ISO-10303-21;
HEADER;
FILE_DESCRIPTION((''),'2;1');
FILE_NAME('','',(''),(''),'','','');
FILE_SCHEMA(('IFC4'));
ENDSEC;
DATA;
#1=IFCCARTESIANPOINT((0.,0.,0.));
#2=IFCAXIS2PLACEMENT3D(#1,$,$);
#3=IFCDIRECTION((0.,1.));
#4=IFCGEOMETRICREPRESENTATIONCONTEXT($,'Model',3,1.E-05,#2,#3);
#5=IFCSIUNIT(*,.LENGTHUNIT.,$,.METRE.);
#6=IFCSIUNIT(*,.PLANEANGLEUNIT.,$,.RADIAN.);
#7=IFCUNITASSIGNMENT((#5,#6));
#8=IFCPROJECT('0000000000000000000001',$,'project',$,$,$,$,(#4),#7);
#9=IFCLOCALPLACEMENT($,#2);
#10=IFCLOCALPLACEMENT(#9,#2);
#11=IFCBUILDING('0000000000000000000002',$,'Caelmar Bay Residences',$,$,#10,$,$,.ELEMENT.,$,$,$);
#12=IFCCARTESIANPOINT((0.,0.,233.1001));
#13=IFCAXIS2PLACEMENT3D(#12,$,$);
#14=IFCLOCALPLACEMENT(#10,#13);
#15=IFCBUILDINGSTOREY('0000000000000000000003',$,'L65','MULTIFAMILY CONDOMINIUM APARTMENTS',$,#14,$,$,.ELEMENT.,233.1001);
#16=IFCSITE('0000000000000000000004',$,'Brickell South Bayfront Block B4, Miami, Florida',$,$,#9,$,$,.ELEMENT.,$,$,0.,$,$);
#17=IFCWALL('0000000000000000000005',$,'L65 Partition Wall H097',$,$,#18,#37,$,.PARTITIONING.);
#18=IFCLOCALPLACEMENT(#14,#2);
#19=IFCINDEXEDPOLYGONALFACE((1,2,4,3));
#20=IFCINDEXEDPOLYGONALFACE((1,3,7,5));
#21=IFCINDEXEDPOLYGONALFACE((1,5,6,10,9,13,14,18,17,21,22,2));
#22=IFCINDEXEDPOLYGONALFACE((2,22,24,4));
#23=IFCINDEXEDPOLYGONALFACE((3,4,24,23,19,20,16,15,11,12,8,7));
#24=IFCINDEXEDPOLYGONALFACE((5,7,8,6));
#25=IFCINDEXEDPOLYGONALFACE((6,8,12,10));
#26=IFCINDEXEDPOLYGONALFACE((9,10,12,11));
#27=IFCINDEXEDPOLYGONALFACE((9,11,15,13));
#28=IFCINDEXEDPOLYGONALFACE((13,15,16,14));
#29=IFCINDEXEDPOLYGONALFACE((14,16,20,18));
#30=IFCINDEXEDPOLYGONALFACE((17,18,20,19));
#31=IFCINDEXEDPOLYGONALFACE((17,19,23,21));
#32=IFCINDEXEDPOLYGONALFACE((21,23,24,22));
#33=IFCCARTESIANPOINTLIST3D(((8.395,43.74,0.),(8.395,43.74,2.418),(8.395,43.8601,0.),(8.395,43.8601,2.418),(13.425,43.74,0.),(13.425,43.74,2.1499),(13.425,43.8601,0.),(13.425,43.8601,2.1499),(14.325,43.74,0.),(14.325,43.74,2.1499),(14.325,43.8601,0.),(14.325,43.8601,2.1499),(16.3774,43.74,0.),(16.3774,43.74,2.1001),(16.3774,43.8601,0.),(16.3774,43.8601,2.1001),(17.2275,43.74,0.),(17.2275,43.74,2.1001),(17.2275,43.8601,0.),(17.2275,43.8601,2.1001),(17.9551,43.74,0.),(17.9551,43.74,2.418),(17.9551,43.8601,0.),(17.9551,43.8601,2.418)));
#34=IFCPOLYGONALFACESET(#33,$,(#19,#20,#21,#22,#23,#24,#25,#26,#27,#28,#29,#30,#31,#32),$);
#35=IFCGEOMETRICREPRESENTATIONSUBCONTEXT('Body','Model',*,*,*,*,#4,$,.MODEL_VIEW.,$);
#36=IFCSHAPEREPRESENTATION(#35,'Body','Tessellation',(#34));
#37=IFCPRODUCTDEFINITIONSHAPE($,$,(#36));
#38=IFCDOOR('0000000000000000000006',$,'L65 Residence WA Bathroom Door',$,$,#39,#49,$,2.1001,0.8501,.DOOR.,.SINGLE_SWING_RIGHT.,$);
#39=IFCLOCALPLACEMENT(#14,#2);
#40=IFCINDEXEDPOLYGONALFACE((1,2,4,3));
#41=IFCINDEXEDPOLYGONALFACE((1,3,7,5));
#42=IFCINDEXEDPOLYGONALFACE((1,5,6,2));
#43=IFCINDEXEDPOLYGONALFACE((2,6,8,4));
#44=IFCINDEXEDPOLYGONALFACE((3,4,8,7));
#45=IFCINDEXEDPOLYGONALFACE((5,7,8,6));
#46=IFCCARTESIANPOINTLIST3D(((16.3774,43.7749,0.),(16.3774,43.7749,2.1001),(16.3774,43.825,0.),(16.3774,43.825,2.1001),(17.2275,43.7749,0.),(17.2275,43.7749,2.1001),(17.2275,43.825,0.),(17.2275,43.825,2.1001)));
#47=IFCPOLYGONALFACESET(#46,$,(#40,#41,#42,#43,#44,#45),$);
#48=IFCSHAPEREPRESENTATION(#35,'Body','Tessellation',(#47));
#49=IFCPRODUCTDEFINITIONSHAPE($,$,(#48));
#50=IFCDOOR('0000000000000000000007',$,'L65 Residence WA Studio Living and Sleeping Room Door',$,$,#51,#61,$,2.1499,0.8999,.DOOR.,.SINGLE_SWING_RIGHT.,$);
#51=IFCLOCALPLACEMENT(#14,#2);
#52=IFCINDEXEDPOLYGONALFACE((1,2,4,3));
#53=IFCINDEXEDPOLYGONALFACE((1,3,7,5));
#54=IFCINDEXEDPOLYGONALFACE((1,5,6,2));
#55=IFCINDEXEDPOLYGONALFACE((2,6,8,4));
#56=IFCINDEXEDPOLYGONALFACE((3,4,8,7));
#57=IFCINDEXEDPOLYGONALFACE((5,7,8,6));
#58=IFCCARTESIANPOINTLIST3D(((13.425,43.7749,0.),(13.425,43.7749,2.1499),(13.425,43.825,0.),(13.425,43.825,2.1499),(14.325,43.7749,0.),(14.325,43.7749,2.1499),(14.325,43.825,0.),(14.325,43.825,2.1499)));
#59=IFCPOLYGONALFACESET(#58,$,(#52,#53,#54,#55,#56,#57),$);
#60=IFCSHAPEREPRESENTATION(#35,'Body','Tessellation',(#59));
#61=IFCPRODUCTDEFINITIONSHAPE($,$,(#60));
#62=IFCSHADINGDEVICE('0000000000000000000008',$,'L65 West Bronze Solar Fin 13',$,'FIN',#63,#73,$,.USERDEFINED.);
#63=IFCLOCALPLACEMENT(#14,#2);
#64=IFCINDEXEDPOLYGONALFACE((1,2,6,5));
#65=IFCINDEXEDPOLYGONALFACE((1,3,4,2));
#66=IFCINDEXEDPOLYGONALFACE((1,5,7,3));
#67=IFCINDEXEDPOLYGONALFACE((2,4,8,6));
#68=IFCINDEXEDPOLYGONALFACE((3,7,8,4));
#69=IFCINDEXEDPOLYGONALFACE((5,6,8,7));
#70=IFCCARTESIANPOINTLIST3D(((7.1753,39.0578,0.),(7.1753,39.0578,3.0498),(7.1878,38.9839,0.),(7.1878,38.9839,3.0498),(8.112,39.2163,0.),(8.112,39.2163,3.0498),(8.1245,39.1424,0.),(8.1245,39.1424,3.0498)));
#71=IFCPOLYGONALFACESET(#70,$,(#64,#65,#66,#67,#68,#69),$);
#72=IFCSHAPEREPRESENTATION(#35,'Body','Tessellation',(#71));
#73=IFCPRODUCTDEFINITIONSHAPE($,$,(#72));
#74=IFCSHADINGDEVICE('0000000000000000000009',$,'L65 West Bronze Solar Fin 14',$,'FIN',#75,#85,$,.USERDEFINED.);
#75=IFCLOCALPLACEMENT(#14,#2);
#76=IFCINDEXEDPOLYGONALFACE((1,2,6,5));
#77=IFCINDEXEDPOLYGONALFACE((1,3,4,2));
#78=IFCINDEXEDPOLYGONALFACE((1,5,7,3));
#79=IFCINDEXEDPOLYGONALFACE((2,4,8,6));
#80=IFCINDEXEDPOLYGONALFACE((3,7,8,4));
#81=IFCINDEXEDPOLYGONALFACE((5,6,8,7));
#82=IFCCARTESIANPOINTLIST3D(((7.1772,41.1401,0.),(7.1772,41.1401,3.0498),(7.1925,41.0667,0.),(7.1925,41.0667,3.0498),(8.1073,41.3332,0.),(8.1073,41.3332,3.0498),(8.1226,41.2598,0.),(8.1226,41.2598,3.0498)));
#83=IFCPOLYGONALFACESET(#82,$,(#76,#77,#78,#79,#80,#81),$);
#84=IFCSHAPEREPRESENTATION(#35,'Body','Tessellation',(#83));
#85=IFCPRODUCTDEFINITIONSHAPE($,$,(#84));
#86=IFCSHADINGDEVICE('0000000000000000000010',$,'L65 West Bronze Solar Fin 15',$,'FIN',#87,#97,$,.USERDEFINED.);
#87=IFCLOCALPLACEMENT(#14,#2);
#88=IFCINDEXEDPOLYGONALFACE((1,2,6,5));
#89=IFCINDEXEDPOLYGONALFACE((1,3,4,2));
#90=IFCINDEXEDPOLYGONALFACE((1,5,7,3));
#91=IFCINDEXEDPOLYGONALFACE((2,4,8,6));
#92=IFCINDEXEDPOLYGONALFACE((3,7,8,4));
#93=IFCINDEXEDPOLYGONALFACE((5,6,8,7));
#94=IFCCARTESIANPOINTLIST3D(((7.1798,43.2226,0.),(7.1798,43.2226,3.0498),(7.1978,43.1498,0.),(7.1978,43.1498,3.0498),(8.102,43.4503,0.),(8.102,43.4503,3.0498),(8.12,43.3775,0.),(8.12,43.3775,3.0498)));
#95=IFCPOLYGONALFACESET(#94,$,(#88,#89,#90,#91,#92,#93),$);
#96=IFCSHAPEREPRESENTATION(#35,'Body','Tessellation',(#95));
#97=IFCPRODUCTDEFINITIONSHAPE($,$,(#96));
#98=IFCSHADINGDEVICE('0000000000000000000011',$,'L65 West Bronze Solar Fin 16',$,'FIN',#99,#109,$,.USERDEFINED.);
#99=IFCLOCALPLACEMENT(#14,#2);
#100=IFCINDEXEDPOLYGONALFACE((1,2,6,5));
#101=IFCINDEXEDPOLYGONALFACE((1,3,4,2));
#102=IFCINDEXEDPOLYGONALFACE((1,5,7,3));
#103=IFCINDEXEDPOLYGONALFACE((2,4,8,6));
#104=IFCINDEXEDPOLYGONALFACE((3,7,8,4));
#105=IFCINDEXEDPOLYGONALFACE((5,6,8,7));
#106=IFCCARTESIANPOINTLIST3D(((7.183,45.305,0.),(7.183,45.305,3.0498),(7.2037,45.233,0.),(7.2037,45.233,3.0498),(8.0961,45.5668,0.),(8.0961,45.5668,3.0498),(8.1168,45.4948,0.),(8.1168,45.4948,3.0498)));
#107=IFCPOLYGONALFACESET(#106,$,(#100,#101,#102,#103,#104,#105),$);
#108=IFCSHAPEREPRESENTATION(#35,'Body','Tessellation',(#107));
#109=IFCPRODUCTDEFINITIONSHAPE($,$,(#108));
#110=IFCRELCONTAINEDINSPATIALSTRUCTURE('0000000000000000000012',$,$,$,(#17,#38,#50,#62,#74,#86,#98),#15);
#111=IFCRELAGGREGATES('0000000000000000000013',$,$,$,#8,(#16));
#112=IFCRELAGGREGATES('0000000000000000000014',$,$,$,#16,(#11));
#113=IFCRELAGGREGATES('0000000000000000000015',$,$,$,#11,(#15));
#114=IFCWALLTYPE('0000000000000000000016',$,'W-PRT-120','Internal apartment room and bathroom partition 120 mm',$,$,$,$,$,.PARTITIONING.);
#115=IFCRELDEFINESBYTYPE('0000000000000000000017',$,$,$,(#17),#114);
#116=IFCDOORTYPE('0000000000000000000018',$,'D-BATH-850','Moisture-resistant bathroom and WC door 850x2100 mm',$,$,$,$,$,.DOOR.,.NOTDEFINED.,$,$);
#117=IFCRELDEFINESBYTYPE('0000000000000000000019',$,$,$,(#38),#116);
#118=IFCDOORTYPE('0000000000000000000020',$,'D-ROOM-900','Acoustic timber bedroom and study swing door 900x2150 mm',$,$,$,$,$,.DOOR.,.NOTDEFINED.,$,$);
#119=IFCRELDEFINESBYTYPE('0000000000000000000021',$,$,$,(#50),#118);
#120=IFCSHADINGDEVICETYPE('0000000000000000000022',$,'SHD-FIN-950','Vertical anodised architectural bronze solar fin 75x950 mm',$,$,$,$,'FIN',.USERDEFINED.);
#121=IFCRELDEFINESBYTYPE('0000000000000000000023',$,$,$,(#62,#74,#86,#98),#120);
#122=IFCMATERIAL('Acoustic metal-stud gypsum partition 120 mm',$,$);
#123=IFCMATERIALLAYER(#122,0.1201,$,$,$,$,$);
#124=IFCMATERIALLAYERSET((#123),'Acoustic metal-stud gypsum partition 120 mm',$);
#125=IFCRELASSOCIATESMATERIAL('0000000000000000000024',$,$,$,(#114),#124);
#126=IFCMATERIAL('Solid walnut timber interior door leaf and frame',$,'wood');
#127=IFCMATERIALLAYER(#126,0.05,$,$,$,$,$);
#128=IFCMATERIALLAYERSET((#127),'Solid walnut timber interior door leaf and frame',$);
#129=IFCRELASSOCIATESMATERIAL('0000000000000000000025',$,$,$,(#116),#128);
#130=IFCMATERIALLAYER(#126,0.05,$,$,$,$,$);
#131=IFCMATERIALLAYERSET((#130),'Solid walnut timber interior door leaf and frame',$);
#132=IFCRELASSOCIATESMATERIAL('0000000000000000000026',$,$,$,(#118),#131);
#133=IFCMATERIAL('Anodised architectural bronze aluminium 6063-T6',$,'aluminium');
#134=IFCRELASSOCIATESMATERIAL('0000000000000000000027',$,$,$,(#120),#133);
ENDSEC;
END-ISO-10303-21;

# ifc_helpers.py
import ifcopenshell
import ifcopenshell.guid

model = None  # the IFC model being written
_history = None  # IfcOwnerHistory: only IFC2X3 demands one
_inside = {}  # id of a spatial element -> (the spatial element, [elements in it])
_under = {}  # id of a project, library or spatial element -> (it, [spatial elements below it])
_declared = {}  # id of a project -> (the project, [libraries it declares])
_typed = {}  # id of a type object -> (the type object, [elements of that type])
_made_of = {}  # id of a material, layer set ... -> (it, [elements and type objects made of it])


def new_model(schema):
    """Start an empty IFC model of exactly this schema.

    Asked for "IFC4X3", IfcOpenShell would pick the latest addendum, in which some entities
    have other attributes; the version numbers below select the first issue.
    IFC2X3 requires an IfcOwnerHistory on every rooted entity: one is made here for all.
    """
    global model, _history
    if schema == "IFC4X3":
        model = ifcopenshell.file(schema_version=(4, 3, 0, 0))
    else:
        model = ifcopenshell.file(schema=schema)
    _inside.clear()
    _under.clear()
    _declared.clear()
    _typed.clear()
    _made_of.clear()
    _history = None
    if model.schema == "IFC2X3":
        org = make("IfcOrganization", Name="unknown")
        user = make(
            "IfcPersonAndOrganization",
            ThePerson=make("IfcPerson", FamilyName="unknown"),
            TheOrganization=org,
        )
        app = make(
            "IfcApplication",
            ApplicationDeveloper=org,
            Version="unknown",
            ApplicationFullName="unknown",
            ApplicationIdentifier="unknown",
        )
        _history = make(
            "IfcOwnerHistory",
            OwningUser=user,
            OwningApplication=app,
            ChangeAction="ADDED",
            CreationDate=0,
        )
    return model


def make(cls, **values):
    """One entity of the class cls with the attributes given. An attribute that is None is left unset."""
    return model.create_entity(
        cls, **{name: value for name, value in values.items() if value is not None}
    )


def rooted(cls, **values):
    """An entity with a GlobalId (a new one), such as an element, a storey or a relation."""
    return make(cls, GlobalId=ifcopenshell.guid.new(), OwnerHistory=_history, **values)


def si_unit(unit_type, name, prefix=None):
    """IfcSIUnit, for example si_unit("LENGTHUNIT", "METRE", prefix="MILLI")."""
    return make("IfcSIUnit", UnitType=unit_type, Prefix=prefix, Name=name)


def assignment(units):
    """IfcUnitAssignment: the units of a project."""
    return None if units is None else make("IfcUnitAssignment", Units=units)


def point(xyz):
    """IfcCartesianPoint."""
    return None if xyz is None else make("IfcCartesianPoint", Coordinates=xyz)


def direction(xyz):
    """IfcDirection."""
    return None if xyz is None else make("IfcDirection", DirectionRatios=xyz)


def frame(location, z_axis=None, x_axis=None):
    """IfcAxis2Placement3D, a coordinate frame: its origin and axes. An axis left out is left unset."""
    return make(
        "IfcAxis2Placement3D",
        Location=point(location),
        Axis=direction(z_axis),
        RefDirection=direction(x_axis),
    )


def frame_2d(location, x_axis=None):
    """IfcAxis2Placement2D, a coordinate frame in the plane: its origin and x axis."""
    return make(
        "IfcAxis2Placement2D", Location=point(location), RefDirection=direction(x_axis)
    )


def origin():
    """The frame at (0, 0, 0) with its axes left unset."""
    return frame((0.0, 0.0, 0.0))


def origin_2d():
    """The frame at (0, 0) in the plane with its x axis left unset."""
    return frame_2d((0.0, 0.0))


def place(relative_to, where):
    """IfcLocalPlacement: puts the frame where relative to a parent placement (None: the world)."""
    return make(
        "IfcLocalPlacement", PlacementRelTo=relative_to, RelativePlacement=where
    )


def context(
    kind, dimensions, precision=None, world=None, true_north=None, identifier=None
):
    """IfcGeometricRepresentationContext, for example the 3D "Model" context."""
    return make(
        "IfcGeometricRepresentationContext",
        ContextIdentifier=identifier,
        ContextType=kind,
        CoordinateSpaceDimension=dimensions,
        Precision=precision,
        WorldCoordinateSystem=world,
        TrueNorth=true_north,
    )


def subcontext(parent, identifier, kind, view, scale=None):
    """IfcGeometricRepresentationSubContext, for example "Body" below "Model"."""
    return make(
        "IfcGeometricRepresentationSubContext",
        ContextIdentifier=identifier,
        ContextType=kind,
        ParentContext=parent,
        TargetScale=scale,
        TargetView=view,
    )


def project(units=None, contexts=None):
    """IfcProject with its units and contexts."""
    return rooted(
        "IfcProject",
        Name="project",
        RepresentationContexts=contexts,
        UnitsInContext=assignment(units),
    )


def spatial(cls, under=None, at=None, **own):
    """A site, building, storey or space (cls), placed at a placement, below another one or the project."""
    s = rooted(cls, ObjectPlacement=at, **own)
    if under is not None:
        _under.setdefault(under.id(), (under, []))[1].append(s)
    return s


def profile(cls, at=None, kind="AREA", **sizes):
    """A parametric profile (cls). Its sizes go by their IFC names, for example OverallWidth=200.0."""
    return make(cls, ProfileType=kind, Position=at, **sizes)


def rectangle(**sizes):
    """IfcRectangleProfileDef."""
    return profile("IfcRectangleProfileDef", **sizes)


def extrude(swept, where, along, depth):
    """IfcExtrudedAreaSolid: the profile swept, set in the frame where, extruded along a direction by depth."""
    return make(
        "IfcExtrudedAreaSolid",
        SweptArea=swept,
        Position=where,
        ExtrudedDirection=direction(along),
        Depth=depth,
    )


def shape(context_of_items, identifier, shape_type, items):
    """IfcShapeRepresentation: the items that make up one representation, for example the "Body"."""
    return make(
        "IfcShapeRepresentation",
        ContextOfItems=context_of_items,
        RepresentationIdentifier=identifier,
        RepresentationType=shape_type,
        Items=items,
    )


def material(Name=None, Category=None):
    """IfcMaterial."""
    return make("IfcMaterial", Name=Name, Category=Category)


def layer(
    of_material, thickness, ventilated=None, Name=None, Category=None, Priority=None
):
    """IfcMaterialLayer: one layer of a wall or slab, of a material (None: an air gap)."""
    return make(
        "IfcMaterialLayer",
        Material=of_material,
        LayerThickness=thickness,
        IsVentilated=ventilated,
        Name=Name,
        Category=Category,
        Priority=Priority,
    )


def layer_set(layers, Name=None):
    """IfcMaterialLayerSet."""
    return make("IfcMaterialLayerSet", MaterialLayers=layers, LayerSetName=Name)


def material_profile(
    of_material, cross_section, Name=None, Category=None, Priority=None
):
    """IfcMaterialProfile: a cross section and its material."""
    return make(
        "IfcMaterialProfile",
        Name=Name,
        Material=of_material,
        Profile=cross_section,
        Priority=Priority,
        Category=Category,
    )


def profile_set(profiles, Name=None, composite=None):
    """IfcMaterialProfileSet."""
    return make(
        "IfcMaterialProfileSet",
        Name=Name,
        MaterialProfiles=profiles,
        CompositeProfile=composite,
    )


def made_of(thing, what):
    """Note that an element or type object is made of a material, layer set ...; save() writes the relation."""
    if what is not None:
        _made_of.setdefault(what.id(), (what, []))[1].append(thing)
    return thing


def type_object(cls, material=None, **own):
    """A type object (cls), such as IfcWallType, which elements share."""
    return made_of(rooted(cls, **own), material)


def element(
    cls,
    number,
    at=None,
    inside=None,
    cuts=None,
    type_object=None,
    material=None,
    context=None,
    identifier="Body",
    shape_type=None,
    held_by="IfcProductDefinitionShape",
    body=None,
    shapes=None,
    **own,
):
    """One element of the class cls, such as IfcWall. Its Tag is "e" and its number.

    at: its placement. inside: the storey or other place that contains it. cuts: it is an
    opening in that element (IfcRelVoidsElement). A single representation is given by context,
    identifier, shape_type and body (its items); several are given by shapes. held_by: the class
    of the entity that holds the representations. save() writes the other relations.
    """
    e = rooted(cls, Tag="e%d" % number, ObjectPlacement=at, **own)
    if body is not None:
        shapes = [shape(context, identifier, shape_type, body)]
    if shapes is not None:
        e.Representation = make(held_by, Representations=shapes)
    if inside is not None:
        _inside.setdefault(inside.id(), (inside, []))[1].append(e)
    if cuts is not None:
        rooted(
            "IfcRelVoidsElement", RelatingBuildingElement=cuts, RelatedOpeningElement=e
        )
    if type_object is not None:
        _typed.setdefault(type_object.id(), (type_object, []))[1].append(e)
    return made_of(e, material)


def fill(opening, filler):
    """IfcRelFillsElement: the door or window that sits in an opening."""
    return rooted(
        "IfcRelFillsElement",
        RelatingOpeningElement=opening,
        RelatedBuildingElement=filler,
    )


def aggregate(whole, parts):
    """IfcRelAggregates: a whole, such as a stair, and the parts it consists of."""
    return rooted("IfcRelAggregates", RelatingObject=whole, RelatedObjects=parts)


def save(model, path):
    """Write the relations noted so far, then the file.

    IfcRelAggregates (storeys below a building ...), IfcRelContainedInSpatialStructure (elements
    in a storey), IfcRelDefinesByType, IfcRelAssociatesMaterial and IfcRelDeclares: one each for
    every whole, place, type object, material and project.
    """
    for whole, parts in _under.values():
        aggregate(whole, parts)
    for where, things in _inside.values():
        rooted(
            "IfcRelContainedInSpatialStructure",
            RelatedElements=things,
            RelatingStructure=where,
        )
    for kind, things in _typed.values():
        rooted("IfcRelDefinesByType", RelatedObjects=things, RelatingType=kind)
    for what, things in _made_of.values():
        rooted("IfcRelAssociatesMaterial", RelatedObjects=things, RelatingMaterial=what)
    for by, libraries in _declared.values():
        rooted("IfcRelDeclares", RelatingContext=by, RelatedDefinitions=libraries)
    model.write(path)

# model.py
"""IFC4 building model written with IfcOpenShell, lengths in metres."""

from ifc_helpers import new_model, si_unit, direction, frame, frame_2d, origin, origin_2d, place, context, subcontext, project, spatial, rectangle, extrude, material, layer, layer_set, material_profile, profile_set, type_object, element, fill, save


model = new_model("IFC4")

# Units and contexts
model_context = context("Model", 3, precision=1e-05, world=origin(), true_north=direction((0.0, 1.0)))
body_context = subcontext(model_context, "Body", "Model", "MODEL_VIEW")
ifc_project = project(units=[si_unit("LENGTHUNIT", "METRE"), si_unit("PLANEANGLEUNIT", "RADIAN")], contexts=[model_context])

# Site, building, storey
site_placement = place(None, origin())
site = spatial("IfcSite", under=ifc_project, at=site_placement, Name="Brickell South Bayfront Block B4, Miami, Florida", CompositionType="ELEMENT", RefElevation=0.0)
building_placement = place(site_placement, origin())
building = spatial("IfcBuilding", under=site, at=building_placement, Name="Caelmar Bay Residences", CompositionType="ELEMENT")
storey_placement = place(building_placement, frame((0.0, 0.0, 233.1001)))
storey = spatial("IfcBuildingStorey", under=building, at=storey_placement, Name="L65", Description="MULTIFAMILY CONDOMINIUM APARTMENTS", CompositionType="ELEMENT", Elevation=233.1001)

# Shared definitions
ifc_material_1 = material(Name="Acoustic metal-stud gypsum partition 120 mm")
ifc_layer_1 = layer(ifc_material_1, 0.1201)
ifc_layer_set_1 = layer_set([ifc_layer_1], Name="Acoustic metal-stud gypsum partition 120 mm")
wall_type_1 = type_object("IfcWallType", Name="W-PRT-120", Description="Internal apartment room and bathroom partition 120 mm", PredefinedType="PARTITIONING", material=ifc_layer_set_1)

# Wall, openings, doors
wall_1_placement = place(storey_placement, frame((8.395, 43.8, 0.0), z_axis=(0.0, 0.0, 1.0), x_axis=(1.0, 0.0, 0.0)))
wall_1 = element("IfcWall", 1, at=wall_1_placement, inside=storey, type_object=wall_type_1, Name="L65 Partition Wall H097", PredefinedType="PARTITIONING", context=body_context, shape_type="SweptSolid", body=[
    extrude(rectangle(XDim=9.5601, YDim=0.1201, at=frame_2d((4.78, 0.0))), origin(), (0.0, 0.0, 1.0), 2.418),
])
opening_1_placement = place(wall_1_placement, frame((5.03, 0.0, 0.0)))
opening_1 = element("IfcOpeningElement", 2, at=opening_1_placement, cuts=wall_1, PredefinedType="OPENING", context=body_context, shape_type="SweptSolid", body=[
    extrude(rectangle(XDim=0.8999, YDim=2.1499, at=frame_2d((0.45, 1.075))), frame((0.0, 0.0701, 0.0), z_axis=(0.0, -1.0, 0.0), x_axis=(1.0, 0.0, 0.0)), (0.0, 0.0, 1.0), 0.1401),
])
opening_2_placement = place(wall_1_placement, frame((7.9824, 0.0, 0.0)))
opening_2 = element("IfcOpeningElement", 3, at=opening_2_placement, cuts=wall_1, PredefinedType="OPENING", context=body_context, shape_type="SweptSolid", body=[
    extrude(rectangle(XDim=0.8501, YDim=2.1001, at=frame_2d((0.425, 1.05))), frame((0.0, 0.0701, 0.0), z_axis=(0.0, -1.0, 0.0), x_axis=(1.0, 0.0, 0.0)), (0.0, 0.0, 1.0), 0.1401),
])
ifc_material_2 = material(Name="Solid walnut timber interior door leaf and frame", Category="wood")
ifc_layer_2 = layer(ifc_material_2, 0.05)
ifc_layer_set_2 = layer_set([ifc_layer_2], Name="Solid walnut timber interior door leaf and frame")
door_type_1 = type_object("IfcDoorType", Name="D-BATH-850", Description="Moisture-resistant bathroom and WC door 850x2100 mm", OperationType="NOTDEFINED", PredefinedType="DOOR", material=ifc_layer_set_2)
door_1_placement = place(opening_2_placement, origin())
door_1 = element("IfcDoor", 4, at=door_1_placement, inside=storey, type_object=door_type_1, Name="L65 Residence WA Bathroom Door", OperationType="SINGLE_SWING_RIGHT", OverallHeight=2.1001, OverallWidth=0.8501, PredefinedType="DOOR", context=body_context, shape_type="SweptSolid", body=[
    extrude(rectangle(XDim=0.8501, YDim=2.1001, at=frame_2d((0.425, 1.05))), frame((0.0, 0.0249, 0.0), z_axis=(0.0, -1.0, 0.0), x_axis=(1.0, 0.0, 0.0)), (0.0, 0.0, 1.0), 0.05),
])
fill(opening_2, door_1)
ifc_layer_3 = layer(ifc_material_2, 0.05)
ifc_layer_set_3 = layer_set([ifc_layer_3], Name="Solid walnut timber interior door leaf and frame")
door_type_2 = type_object("IfcDoorType", Name="D-ROOM-900", Description="Acoustic timber bedroom and study swing door 900x2150 mm", OperationType="NOTDEFINED", PredefinedType="DOOR", material=ifc_layer_set_3)
door_2_placement = place(opening_1_placement, origin())
door_2 = element("IfcDoor", 5, at=door_2_placement, inside=storey, type_object=door_type_2, Name="L65 Residence WA Studio Living and Sleeping Room Door", OperationType="SINGLE_SWING_RIGHT", OverallHeight=2.1499, OverallWidth=0.8999, PredefinedType="DOOR", context=body_context, shape_type="SweptSolid", body=[
    extrude(rectangle(XDim=0.8999, YDim=2.1499, at=frame_2d((0.45, 1.075))), frame((0.0, 0.0249, 0.0), z_axis=(0.0, -1.0, 0.0), x_axis=(1.0, 0.0, 0.0)), (0.0, 0.0, 1.0), 0.05),
])
fill(opening_1, door_2)

# Shading devices
ifc_material_3 = material(Name="Anodised architectural bronze aluminium 6063-T6", Category="aluminium")
ifc_material_profile_1 = material_profile(ifc_material_3, rectangle(XDim=0.075, YDim=0.95, at=origin_2d()), Name="BRONZE-FIN-75X950")
ifc_profile_set_1 = profile_set([ifc_material_profile_1], Name="Anodised architectural bronze aluminium 6063-T6")
shading_device_type = type_object("IfcShadingDeviceType", Name="SHD-FIN-950", Description="Vertical anodised architectural bronze solar fin 75x950 mm", ElementType="FIN", PredefinedType="USERDEFINED", material=ifc_profile_set_1)
for number, where, z_axis, x_axis, name in (
    (6, (7.6499, 39.1001, 0.0), (0.0, 0.0, 1.0), (-0.166769, 0.985996, 0.0), "L65 West Bronze Solar Fin 13"),
    (7, (7.6499, 41.2, 0.0), (0.0, 0.0, 1.0), (-0.2033, 0.979116, 0.0), "L65 West Bronze Solar Fin 14"),
    (8, (7.6499, 43.3, 0.0), (0.0, 0.0, 1.0), (-0.23972, 0.970842, 0.0), "L65 West Bronze Solar Fin 15"),
    (9, (7.6499, 45.3999, 0.0), (0.0, 0.0, 1.0), (-0.275637, 0.961262, 0.0), "L65 West Bronze Solar Fin 16"),
):
    element("IfcShadingDevice", number, at=place(storey_placement, frame(where, z_axis=z_axis, x_axis=x_axis)), inside=storey, type_object=shading_device_type, Name=name, ObjectType="FIN", PredefinedType="USERDEFINED", context=body_context, shape_type="SweptSolid", body=[
        extrude(rectangle(XDim=0.075, YDim=0.95, at=origin_2d()), origin(), (0.0, 0.0, 1.0), 3.0498),
    ])

save(model, "model.ifc")
